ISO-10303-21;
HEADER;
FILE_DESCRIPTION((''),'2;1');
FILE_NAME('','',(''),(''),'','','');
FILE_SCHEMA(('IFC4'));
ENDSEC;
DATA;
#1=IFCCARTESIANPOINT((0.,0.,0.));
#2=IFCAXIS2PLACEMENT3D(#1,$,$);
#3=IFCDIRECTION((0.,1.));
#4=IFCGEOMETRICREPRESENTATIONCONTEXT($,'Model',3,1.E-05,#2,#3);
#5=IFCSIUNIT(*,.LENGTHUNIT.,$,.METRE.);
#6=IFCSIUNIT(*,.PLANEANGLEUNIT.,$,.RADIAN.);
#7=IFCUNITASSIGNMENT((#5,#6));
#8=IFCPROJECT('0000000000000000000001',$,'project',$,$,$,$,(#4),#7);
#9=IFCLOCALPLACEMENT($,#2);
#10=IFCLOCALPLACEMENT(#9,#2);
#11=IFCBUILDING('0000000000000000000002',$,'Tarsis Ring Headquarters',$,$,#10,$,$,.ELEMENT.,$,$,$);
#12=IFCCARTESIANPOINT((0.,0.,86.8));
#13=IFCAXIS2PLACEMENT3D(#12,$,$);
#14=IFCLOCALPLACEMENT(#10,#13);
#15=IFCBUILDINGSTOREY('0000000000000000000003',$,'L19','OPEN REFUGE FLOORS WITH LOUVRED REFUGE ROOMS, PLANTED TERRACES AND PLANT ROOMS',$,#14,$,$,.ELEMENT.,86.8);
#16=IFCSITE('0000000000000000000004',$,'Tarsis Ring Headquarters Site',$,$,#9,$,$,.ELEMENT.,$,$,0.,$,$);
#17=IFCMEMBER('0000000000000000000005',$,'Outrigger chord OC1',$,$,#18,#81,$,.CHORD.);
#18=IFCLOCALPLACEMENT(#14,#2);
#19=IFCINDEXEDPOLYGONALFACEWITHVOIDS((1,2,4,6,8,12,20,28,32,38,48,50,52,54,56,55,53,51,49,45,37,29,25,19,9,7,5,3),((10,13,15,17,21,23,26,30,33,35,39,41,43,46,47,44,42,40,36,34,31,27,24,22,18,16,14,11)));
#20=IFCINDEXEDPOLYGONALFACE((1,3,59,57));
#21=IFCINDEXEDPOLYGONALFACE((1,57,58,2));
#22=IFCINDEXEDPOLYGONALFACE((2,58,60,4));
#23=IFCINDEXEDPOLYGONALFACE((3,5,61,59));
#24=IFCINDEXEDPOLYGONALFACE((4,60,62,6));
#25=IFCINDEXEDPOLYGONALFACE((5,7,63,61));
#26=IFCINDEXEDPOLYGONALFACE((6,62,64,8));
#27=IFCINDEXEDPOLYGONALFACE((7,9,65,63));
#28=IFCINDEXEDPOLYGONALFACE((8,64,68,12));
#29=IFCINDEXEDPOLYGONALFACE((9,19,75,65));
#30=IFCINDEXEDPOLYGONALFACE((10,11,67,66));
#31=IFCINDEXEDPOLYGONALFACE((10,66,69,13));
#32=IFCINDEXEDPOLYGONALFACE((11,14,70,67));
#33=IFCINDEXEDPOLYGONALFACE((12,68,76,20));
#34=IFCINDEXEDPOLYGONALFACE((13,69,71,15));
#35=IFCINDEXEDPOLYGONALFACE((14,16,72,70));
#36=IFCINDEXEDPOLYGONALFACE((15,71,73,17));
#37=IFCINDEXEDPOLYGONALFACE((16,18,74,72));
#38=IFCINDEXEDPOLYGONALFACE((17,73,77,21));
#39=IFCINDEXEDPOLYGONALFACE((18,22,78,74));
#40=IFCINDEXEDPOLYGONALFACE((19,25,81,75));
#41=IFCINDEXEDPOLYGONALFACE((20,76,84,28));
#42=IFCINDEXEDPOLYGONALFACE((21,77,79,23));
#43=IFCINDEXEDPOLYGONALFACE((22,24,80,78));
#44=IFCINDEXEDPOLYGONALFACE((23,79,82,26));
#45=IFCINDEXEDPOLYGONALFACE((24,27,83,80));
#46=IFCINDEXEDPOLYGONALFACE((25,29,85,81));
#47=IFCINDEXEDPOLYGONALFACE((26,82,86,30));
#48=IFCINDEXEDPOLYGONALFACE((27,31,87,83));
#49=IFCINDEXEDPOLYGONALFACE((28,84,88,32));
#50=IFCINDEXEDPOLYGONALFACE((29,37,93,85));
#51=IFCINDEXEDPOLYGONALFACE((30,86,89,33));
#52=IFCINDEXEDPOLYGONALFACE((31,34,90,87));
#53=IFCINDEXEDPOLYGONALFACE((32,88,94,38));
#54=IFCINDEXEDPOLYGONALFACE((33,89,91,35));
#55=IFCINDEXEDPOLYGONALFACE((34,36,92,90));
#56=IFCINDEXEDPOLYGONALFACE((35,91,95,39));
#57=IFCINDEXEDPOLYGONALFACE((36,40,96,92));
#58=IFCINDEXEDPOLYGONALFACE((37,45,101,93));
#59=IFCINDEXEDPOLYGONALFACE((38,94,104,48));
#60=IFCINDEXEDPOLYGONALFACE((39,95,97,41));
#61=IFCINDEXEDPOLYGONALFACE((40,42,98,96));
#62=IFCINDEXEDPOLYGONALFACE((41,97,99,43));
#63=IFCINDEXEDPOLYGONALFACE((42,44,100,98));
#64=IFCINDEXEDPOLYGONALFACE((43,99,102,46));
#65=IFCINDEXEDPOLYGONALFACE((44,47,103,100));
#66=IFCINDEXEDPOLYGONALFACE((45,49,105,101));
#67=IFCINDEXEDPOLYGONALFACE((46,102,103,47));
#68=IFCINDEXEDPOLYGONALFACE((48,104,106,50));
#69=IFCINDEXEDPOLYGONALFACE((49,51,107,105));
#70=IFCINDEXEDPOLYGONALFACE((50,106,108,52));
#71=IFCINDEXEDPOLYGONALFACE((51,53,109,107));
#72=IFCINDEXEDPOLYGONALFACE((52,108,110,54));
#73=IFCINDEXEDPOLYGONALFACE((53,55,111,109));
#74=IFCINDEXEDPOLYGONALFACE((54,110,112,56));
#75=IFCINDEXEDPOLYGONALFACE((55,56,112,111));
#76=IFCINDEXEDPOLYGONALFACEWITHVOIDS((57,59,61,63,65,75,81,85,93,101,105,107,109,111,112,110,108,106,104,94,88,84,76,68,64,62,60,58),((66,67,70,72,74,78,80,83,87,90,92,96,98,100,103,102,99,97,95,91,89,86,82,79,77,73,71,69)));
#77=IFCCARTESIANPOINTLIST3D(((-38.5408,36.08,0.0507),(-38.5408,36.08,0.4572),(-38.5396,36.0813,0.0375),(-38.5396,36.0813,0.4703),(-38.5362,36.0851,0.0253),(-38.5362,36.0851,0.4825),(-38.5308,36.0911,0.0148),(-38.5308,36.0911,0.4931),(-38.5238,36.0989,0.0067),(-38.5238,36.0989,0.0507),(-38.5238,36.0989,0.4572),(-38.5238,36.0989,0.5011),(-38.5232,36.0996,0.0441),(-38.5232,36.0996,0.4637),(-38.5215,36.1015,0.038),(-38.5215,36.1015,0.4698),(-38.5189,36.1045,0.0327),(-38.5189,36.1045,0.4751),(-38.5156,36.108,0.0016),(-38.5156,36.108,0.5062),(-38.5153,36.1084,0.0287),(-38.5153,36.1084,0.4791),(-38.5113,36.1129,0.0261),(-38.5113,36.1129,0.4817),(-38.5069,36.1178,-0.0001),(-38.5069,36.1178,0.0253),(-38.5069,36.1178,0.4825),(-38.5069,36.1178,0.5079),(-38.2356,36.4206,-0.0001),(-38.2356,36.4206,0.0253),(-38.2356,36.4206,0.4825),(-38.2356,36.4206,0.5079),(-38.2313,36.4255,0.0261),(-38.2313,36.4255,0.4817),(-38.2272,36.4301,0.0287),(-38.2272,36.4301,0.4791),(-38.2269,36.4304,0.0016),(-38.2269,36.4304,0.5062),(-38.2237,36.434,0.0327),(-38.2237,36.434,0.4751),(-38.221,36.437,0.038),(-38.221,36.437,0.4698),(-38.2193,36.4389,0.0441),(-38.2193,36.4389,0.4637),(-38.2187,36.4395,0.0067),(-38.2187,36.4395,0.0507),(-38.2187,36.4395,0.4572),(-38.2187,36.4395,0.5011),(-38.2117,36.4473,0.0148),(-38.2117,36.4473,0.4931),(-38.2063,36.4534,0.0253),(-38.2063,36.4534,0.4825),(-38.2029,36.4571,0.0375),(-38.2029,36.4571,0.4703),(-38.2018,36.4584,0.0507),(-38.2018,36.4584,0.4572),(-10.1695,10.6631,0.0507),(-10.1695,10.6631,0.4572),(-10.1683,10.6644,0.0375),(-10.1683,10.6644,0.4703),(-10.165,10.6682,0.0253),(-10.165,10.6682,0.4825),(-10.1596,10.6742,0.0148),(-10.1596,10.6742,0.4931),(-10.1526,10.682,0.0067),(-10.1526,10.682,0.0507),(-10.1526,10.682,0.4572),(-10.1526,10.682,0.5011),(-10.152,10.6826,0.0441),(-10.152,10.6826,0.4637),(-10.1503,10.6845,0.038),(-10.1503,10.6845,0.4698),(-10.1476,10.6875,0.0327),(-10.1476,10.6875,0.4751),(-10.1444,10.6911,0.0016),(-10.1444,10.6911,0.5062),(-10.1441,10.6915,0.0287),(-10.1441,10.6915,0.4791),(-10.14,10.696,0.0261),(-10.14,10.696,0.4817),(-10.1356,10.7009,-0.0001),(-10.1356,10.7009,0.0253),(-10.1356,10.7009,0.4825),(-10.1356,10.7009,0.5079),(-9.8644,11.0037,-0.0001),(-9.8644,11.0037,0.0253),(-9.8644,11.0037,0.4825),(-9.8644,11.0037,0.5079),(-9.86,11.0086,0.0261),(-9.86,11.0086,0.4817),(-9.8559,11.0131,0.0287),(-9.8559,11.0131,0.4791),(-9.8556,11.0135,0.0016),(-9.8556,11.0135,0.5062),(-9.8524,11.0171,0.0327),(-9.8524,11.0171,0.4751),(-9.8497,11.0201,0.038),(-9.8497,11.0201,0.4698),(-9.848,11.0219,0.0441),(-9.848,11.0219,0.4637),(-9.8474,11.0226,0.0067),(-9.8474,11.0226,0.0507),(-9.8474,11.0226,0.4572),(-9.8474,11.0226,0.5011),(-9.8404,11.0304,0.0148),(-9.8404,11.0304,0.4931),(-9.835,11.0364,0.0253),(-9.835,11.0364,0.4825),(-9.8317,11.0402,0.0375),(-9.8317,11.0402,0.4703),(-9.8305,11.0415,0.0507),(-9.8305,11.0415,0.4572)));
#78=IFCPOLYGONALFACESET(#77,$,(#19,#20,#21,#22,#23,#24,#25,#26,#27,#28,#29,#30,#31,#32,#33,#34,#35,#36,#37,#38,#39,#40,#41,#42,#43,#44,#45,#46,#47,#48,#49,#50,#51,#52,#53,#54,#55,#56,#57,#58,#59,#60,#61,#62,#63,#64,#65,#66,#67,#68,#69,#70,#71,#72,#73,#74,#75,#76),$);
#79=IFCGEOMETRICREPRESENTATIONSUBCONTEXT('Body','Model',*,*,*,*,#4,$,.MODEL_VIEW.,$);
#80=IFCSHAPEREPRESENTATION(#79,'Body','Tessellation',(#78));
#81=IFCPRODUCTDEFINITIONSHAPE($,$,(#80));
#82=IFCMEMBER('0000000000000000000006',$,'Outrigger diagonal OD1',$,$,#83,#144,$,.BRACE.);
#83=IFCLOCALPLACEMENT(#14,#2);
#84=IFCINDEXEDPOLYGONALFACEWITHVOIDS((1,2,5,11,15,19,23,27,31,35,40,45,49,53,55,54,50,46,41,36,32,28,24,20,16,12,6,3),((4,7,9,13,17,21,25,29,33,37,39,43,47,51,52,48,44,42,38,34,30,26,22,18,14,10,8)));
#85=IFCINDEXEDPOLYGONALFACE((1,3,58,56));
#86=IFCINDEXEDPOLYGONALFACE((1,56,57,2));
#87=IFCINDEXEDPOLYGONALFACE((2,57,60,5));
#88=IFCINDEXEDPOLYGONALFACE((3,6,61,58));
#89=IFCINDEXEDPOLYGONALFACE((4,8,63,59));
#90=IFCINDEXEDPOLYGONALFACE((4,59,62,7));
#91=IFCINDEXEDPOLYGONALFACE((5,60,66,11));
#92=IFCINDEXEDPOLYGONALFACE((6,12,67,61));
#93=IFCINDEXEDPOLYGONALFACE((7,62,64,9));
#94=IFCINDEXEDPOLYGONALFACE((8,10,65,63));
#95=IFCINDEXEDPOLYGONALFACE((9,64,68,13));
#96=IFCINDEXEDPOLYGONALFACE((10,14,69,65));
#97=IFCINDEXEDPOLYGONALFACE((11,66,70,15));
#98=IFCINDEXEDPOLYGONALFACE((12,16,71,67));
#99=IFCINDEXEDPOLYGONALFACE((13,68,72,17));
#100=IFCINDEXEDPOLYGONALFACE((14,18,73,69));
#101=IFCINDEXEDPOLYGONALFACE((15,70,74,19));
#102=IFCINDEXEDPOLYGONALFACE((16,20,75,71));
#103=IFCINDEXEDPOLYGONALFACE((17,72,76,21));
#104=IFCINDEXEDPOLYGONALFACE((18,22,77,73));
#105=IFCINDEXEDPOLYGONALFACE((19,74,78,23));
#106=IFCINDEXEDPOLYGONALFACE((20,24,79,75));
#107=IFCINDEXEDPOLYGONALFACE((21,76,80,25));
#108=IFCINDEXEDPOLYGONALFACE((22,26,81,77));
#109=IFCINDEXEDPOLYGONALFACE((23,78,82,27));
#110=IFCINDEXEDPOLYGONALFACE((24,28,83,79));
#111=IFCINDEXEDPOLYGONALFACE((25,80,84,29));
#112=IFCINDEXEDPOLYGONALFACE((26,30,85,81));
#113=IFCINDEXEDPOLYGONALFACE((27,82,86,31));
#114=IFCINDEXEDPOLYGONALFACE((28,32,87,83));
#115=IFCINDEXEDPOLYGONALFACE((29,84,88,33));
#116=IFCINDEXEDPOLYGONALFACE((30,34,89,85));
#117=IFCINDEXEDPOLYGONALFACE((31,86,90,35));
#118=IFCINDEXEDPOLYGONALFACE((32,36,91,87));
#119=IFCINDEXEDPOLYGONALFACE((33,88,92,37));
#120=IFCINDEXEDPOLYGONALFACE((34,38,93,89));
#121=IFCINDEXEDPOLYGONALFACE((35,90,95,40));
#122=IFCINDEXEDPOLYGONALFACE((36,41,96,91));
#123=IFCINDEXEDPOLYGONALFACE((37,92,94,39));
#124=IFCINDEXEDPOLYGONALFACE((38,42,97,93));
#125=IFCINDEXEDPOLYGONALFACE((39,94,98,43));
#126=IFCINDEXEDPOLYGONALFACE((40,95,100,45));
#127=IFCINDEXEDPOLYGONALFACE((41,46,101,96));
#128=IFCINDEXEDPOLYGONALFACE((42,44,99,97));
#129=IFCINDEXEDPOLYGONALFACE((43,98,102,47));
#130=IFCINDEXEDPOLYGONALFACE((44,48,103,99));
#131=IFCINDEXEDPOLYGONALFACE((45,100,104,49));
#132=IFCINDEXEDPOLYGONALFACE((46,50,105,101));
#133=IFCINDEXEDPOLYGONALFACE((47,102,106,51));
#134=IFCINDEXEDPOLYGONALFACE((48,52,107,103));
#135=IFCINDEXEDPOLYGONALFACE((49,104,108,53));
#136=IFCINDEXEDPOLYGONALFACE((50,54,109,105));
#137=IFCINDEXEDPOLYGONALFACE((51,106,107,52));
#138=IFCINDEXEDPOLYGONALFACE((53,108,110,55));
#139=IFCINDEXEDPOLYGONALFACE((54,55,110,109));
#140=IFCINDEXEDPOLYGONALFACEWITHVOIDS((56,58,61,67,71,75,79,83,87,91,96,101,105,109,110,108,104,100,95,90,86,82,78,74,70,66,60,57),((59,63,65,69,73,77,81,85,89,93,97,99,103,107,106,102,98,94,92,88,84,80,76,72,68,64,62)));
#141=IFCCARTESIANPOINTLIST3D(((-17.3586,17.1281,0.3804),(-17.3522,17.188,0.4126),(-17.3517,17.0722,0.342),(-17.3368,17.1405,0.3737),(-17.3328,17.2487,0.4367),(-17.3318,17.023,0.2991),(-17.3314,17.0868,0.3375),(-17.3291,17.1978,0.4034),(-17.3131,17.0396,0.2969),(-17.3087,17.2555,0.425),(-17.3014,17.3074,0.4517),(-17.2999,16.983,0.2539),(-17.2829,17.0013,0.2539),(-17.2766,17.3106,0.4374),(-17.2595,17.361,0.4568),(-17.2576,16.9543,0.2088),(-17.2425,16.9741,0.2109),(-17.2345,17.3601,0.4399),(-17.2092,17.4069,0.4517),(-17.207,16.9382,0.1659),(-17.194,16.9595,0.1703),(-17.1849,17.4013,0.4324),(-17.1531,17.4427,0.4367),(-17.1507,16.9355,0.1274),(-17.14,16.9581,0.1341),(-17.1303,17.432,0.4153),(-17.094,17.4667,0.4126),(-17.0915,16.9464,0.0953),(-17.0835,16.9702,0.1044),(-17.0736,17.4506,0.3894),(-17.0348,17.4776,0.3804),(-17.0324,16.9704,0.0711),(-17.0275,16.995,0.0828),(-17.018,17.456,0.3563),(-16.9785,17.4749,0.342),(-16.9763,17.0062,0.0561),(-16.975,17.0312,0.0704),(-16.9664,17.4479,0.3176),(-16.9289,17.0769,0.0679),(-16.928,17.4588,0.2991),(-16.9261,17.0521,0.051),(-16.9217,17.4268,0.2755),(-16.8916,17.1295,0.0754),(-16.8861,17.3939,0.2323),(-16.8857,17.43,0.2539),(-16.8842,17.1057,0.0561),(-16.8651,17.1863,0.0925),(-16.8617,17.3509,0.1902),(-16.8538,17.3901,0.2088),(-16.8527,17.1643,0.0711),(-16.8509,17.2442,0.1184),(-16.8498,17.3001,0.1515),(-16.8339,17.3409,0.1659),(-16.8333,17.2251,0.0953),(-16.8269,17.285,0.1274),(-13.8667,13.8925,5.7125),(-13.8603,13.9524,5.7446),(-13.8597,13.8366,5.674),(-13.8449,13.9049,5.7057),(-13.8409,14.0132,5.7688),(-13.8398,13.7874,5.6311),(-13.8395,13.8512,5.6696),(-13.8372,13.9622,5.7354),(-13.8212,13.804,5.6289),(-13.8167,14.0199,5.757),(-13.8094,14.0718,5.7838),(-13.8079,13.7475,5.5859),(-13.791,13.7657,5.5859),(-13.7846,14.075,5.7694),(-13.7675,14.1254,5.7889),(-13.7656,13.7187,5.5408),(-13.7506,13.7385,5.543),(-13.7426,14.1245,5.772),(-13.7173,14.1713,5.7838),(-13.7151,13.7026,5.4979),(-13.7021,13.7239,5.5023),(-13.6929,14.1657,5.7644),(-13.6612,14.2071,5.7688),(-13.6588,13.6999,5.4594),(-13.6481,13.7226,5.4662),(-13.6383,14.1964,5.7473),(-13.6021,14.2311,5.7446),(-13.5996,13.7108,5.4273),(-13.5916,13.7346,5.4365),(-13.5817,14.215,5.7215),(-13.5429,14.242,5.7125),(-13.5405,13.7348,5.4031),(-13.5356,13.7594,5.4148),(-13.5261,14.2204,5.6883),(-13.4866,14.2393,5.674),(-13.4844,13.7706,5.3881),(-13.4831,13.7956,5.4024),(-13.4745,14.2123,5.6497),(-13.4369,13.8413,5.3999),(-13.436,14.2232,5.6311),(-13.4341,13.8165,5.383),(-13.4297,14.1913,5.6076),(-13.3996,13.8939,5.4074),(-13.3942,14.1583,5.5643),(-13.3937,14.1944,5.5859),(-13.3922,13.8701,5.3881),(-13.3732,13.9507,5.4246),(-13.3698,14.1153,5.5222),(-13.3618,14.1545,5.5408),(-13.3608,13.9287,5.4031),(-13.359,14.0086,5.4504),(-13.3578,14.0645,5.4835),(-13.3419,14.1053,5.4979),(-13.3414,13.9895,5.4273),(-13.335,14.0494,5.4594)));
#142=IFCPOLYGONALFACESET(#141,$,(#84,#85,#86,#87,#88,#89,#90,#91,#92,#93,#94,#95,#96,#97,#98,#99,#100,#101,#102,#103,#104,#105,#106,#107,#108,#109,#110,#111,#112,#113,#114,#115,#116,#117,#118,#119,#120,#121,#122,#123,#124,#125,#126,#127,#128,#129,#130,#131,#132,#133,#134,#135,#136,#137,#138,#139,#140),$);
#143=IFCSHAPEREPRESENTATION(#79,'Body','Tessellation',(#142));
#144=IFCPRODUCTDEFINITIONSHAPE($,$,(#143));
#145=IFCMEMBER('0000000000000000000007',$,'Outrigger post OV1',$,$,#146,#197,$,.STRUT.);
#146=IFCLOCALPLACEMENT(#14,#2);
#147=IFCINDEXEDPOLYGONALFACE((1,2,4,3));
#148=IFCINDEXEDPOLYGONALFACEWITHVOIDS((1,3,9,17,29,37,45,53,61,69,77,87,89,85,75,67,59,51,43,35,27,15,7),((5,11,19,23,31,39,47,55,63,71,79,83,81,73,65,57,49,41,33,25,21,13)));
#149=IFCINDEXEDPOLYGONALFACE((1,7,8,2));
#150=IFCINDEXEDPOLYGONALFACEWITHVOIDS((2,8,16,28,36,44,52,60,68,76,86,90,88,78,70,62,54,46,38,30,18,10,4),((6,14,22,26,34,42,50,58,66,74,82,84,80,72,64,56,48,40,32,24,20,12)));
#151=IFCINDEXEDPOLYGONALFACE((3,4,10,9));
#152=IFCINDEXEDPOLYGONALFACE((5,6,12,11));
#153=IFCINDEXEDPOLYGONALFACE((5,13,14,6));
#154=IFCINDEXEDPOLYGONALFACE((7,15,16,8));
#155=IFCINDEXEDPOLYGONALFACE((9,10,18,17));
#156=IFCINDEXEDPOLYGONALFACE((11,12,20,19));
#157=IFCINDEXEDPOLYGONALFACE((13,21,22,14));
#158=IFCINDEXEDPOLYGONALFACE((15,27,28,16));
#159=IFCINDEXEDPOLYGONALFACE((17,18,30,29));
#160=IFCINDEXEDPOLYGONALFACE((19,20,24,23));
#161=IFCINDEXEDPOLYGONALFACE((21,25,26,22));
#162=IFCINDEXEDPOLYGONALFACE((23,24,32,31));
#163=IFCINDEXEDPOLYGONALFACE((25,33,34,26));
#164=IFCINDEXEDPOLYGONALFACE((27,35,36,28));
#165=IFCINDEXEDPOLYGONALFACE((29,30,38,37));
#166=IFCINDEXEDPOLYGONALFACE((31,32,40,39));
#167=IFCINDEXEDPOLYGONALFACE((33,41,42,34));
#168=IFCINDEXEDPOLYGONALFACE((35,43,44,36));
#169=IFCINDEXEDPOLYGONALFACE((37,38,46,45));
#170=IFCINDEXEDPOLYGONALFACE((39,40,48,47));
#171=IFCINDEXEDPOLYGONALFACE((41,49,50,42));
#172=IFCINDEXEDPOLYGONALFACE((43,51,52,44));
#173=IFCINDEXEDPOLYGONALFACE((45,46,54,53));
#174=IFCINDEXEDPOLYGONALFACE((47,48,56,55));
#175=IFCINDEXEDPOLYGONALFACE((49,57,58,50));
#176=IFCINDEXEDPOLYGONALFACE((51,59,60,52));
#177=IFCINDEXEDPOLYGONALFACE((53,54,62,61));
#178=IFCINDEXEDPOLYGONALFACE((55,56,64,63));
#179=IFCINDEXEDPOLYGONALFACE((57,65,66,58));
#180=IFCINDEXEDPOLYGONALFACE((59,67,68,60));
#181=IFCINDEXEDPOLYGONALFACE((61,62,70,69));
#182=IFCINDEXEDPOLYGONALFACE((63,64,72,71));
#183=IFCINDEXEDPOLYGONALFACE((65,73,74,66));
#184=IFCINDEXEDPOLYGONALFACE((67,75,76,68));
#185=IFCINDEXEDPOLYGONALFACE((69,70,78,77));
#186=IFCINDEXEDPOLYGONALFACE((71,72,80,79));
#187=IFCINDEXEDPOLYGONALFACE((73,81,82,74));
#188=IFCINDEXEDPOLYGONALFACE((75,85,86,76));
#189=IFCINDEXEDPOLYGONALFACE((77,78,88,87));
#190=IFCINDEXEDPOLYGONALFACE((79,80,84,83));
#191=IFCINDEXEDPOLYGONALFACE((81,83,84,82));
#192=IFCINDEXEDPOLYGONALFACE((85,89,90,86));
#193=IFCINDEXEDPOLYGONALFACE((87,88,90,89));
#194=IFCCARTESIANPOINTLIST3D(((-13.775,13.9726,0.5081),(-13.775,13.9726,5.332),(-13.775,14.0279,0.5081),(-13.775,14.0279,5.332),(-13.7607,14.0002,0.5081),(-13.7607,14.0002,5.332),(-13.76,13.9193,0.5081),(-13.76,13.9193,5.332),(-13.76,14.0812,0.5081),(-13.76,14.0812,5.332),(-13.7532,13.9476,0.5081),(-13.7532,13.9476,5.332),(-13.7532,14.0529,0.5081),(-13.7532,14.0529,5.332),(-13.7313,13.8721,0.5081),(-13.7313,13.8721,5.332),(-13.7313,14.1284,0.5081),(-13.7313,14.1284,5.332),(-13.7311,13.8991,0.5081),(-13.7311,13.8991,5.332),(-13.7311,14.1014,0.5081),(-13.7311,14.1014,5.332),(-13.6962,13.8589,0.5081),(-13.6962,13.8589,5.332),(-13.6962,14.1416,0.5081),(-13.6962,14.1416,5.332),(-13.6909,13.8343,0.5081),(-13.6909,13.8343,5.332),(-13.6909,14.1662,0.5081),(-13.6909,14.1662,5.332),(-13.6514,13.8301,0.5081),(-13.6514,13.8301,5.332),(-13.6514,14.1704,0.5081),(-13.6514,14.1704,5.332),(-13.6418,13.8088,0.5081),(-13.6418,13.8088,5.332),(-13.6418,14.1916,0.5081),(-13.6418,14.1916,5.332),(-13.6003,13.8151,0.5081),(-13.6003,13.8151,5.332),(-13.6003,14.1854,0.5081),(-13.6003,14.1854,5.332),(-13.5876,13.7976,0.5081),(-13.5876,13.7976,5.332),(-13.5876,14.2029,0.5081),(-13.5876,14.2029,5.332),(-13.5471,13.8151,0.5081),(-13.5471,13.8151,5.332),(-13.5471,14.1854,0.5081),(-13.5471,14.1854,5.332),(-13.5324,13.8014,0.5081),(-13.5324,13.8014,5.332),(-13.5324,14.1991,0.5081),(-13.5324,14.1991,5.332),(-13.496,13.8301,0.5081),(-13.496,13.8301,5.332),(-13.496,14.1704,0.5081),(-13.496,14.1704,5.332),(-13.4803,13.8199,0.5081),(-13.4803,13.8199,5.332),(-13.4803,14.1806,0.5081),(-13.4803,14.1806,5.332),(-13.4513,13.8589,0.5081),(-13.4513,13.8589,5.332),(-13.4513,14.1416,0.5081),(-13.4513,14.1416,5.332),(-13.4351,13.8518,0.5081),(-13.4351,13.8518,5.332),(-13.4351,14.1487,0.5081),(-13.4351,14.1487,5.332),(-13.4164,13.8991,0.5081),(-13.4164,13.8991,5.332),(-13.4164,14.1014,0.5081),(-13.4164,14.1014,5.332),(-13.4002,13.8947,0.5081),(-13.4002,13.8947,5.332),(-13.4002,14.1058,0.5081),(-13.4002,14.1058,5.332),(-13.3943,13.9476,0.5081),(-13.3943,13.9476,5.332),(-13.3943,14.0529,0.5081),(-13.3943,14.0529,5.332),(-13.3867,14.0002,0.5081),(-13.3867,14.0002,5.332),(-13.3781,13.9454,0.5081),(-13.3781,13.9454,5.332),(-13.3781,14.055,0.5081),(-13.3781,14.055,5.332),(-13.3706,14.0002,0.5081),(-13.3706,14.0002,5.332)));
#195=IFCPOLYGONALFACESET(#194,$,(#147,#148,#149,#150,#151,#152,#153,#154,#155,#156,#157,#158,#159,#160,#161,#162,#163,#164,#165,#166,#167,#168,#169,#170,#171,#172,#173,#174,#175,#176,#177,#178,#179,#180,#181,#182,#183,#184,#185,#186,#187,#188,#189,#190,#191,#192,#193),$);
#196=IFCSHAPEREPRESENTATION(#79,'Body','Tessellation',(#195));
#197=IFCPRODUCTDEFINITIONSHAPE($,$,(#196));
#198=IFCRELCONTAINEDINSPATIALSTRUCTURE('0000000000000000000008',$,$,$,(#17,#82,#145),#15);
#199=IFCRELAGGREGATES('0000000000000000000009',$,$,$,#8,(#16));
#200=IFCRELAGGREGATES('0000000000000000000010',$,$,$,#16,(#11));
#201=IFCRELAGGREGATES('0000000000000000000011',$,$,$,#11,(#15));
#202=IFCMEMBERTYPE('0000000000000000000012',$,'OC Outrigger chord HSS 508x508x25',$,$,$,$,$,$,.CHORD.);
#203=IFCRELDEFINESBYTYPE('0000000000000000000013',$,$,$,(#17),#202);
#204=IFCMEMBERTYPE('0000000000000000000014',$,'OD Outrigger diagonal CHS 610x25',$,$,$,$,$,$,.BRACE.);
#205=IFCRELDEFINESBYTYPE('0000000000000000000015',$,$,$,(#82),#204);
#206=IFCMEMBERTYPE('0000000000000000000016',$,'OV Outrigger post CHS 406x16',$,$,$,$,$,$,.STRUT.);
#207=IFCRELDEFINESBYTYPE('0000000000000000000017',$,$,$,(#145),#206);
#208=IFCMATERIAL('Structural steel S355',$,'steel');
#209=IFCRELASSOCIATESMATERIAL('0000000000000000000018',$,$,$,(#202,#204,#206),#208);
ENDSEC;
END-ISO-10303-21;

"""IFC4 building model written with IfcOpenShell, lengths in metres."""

from ifc_helpers import new_model, si_unit, direction, frame, origin, origin_2d, place, context, subcontext, project, spatial, hollow_rectangle, hollow_circle, extrude, material, material_profile, profile_set, type_object, element, save


model = new_model("IFC4")

# Units and contexts
model_context = context("Model", 3, precision=1e-05, world=origin(), true_north=direction((0.0, 1.0)))
body_context = subcontext(model_context, "Body", "Model", "MODEL_VIEW")
ifc_project = project(units=[si_unit("LENGTHUNIT", "METRE"), si_unit("PLANEANGLEUNIT", "RADIAN")], contexts=[model_context])

# Site, building, storey
site_placement = place(None, origin())
site = spatial("IfcSite", under=ifc_project, at=site_placement, Name="Tarsis Ring Headquarters Site", CompositionType="ELEMENT", RefElevation=0.0)
building_placement = place(site_placement, origin())
building = spatial("IfcBuilding", under=site, at=building_placement, Name="Tarsis Ring Headquarters", CompositionType="ELEMENT")
storey_placement = place(building_placement, frame((0.0, 0.0, 86.8)))
storey = spatial("IfcBuildingStorey", under=building, at=storey_placement, Name="L19", Description="OPEN REFUGE FLOORS WITH LOUVRED REFUGE ROOMS, PLANTED TERRACES AND PLANT ROOMS", CompositionType="ELEMENT", Elevation=86.8)

# Members
ifc_material_1 = material(Name="Structural steel S355", Category="steel")
ifc_material_profile_1 = material_profile(ifc_material_1, hollow_rectangle(XDim=0.5081, YDim=0.5081, WallThickness=0.0254, InnerFilletRadius=0.0254, OuterFilletRadius=0.0508, at=origin_2d()), Name="HSS 508x508x25")
ifc_profile_set_1 = profile_set([ifc_material_profile_1], Name="Structural steel S355")
member_type_1 = type_object("IfcMemberType", Name="OC Outrigger chord HSS 508x508x25", PredefinedType="CHORD", material=ifc_profile_set_1)
member_1_placement = place(storey_placement, frame((-10.0, 10.8523, 0.2539), z_axis=(-0.744822, 0.667263, 0.0), x_axis=(-0.667263, -0.744822, 0.0)))
element("IfcMember", 1, at=member_1_placement, inside=storey, type_object=member_type_1, Name="Outrigger chord OC1", PredefinedType="CHORD", context=body_context, shape_type="SweptSolid", body=[
    extrude(hollow_rectangle(XDim=0.5081, YDim=0.5081, WallThickness=0.0254, InnerFilletRadius=0.0254, OuterFilletRadius=0.0508, at=origin_2d()), origin(), (0.0, 0.0, 1.0), 38.0913),
])
ifc_material_profile_2 = material_profile(ifc_material_1, hollow_circle(Radius=0.3047, WallThickness=0.0249, at=origin_2d()), Name="CHS 610x25")
ifc_profile_set_2 = profile_set([ifc_material_profile_2], Name="Structural steel S355")
member_type_2 = type_object("IfcMemberType", Name="OD Outrigger diagonal CHS 610x25", PredefinedType="BRACE", material=ifc_profile_set_2)
member_2_placement = place(storey_placement, frame((-13.6008, 13.9709, 5.5859), z_axis=(-0.488523, 0.45266, -0.745952), x_axis=(-0.67967, -0.733518, 0.0)))
element("IfcMember", 2, at=member_2_placement, inside=storey, type_object=member_type_2, Name="Outrigger diagonal OD1", PredefinedType="BRACE", context=body_context, shape_type="SweptSolid", body=[
    extrude(hollow_circle(Radius=0.3047, WallThickness=0.0249, at=origin_2d()), origin(), (0.0, 0.0, 1.0), 7.1479),
])
ifc_material_profile_3 = material_profile(ifc_material_1, hollow_circle(Radius=0.2031, WallThickness=0.0161, at=origin_2d()), Name="CHS 406x16")
ifc_profile_set_3 = profile_set([ifc_material_profile_3], Name="Structural steel S355")
member_type_3 = type_object("IfcMemberType", Name="OV Outrigger post CHS 406x16", PredefinedType="STRUT", material=ifc_profile_set_3)
member_3_placement = place(storey_placement, frame((-13.5737, 14.0002, 0.5081), z_axis=(0.0, 0.0, 1.0), x_axis=(1.0, 0.0, 0.0)))
element("IfcMember", 3, at=member_3_placement, inside=storey, type_object=member_type_3, Name="Outrigger post OV1", PredefinedType="STRUT", context=body_context, shape_type="SweptSolid", body=[
    extrude(hollow_circle(Radius=0.2031, WallThickness=0.0161, at=origin_2d()), origin(), (0.0, 0.0, 1.0), 4.824),
])

save(model, "model.ifc")
